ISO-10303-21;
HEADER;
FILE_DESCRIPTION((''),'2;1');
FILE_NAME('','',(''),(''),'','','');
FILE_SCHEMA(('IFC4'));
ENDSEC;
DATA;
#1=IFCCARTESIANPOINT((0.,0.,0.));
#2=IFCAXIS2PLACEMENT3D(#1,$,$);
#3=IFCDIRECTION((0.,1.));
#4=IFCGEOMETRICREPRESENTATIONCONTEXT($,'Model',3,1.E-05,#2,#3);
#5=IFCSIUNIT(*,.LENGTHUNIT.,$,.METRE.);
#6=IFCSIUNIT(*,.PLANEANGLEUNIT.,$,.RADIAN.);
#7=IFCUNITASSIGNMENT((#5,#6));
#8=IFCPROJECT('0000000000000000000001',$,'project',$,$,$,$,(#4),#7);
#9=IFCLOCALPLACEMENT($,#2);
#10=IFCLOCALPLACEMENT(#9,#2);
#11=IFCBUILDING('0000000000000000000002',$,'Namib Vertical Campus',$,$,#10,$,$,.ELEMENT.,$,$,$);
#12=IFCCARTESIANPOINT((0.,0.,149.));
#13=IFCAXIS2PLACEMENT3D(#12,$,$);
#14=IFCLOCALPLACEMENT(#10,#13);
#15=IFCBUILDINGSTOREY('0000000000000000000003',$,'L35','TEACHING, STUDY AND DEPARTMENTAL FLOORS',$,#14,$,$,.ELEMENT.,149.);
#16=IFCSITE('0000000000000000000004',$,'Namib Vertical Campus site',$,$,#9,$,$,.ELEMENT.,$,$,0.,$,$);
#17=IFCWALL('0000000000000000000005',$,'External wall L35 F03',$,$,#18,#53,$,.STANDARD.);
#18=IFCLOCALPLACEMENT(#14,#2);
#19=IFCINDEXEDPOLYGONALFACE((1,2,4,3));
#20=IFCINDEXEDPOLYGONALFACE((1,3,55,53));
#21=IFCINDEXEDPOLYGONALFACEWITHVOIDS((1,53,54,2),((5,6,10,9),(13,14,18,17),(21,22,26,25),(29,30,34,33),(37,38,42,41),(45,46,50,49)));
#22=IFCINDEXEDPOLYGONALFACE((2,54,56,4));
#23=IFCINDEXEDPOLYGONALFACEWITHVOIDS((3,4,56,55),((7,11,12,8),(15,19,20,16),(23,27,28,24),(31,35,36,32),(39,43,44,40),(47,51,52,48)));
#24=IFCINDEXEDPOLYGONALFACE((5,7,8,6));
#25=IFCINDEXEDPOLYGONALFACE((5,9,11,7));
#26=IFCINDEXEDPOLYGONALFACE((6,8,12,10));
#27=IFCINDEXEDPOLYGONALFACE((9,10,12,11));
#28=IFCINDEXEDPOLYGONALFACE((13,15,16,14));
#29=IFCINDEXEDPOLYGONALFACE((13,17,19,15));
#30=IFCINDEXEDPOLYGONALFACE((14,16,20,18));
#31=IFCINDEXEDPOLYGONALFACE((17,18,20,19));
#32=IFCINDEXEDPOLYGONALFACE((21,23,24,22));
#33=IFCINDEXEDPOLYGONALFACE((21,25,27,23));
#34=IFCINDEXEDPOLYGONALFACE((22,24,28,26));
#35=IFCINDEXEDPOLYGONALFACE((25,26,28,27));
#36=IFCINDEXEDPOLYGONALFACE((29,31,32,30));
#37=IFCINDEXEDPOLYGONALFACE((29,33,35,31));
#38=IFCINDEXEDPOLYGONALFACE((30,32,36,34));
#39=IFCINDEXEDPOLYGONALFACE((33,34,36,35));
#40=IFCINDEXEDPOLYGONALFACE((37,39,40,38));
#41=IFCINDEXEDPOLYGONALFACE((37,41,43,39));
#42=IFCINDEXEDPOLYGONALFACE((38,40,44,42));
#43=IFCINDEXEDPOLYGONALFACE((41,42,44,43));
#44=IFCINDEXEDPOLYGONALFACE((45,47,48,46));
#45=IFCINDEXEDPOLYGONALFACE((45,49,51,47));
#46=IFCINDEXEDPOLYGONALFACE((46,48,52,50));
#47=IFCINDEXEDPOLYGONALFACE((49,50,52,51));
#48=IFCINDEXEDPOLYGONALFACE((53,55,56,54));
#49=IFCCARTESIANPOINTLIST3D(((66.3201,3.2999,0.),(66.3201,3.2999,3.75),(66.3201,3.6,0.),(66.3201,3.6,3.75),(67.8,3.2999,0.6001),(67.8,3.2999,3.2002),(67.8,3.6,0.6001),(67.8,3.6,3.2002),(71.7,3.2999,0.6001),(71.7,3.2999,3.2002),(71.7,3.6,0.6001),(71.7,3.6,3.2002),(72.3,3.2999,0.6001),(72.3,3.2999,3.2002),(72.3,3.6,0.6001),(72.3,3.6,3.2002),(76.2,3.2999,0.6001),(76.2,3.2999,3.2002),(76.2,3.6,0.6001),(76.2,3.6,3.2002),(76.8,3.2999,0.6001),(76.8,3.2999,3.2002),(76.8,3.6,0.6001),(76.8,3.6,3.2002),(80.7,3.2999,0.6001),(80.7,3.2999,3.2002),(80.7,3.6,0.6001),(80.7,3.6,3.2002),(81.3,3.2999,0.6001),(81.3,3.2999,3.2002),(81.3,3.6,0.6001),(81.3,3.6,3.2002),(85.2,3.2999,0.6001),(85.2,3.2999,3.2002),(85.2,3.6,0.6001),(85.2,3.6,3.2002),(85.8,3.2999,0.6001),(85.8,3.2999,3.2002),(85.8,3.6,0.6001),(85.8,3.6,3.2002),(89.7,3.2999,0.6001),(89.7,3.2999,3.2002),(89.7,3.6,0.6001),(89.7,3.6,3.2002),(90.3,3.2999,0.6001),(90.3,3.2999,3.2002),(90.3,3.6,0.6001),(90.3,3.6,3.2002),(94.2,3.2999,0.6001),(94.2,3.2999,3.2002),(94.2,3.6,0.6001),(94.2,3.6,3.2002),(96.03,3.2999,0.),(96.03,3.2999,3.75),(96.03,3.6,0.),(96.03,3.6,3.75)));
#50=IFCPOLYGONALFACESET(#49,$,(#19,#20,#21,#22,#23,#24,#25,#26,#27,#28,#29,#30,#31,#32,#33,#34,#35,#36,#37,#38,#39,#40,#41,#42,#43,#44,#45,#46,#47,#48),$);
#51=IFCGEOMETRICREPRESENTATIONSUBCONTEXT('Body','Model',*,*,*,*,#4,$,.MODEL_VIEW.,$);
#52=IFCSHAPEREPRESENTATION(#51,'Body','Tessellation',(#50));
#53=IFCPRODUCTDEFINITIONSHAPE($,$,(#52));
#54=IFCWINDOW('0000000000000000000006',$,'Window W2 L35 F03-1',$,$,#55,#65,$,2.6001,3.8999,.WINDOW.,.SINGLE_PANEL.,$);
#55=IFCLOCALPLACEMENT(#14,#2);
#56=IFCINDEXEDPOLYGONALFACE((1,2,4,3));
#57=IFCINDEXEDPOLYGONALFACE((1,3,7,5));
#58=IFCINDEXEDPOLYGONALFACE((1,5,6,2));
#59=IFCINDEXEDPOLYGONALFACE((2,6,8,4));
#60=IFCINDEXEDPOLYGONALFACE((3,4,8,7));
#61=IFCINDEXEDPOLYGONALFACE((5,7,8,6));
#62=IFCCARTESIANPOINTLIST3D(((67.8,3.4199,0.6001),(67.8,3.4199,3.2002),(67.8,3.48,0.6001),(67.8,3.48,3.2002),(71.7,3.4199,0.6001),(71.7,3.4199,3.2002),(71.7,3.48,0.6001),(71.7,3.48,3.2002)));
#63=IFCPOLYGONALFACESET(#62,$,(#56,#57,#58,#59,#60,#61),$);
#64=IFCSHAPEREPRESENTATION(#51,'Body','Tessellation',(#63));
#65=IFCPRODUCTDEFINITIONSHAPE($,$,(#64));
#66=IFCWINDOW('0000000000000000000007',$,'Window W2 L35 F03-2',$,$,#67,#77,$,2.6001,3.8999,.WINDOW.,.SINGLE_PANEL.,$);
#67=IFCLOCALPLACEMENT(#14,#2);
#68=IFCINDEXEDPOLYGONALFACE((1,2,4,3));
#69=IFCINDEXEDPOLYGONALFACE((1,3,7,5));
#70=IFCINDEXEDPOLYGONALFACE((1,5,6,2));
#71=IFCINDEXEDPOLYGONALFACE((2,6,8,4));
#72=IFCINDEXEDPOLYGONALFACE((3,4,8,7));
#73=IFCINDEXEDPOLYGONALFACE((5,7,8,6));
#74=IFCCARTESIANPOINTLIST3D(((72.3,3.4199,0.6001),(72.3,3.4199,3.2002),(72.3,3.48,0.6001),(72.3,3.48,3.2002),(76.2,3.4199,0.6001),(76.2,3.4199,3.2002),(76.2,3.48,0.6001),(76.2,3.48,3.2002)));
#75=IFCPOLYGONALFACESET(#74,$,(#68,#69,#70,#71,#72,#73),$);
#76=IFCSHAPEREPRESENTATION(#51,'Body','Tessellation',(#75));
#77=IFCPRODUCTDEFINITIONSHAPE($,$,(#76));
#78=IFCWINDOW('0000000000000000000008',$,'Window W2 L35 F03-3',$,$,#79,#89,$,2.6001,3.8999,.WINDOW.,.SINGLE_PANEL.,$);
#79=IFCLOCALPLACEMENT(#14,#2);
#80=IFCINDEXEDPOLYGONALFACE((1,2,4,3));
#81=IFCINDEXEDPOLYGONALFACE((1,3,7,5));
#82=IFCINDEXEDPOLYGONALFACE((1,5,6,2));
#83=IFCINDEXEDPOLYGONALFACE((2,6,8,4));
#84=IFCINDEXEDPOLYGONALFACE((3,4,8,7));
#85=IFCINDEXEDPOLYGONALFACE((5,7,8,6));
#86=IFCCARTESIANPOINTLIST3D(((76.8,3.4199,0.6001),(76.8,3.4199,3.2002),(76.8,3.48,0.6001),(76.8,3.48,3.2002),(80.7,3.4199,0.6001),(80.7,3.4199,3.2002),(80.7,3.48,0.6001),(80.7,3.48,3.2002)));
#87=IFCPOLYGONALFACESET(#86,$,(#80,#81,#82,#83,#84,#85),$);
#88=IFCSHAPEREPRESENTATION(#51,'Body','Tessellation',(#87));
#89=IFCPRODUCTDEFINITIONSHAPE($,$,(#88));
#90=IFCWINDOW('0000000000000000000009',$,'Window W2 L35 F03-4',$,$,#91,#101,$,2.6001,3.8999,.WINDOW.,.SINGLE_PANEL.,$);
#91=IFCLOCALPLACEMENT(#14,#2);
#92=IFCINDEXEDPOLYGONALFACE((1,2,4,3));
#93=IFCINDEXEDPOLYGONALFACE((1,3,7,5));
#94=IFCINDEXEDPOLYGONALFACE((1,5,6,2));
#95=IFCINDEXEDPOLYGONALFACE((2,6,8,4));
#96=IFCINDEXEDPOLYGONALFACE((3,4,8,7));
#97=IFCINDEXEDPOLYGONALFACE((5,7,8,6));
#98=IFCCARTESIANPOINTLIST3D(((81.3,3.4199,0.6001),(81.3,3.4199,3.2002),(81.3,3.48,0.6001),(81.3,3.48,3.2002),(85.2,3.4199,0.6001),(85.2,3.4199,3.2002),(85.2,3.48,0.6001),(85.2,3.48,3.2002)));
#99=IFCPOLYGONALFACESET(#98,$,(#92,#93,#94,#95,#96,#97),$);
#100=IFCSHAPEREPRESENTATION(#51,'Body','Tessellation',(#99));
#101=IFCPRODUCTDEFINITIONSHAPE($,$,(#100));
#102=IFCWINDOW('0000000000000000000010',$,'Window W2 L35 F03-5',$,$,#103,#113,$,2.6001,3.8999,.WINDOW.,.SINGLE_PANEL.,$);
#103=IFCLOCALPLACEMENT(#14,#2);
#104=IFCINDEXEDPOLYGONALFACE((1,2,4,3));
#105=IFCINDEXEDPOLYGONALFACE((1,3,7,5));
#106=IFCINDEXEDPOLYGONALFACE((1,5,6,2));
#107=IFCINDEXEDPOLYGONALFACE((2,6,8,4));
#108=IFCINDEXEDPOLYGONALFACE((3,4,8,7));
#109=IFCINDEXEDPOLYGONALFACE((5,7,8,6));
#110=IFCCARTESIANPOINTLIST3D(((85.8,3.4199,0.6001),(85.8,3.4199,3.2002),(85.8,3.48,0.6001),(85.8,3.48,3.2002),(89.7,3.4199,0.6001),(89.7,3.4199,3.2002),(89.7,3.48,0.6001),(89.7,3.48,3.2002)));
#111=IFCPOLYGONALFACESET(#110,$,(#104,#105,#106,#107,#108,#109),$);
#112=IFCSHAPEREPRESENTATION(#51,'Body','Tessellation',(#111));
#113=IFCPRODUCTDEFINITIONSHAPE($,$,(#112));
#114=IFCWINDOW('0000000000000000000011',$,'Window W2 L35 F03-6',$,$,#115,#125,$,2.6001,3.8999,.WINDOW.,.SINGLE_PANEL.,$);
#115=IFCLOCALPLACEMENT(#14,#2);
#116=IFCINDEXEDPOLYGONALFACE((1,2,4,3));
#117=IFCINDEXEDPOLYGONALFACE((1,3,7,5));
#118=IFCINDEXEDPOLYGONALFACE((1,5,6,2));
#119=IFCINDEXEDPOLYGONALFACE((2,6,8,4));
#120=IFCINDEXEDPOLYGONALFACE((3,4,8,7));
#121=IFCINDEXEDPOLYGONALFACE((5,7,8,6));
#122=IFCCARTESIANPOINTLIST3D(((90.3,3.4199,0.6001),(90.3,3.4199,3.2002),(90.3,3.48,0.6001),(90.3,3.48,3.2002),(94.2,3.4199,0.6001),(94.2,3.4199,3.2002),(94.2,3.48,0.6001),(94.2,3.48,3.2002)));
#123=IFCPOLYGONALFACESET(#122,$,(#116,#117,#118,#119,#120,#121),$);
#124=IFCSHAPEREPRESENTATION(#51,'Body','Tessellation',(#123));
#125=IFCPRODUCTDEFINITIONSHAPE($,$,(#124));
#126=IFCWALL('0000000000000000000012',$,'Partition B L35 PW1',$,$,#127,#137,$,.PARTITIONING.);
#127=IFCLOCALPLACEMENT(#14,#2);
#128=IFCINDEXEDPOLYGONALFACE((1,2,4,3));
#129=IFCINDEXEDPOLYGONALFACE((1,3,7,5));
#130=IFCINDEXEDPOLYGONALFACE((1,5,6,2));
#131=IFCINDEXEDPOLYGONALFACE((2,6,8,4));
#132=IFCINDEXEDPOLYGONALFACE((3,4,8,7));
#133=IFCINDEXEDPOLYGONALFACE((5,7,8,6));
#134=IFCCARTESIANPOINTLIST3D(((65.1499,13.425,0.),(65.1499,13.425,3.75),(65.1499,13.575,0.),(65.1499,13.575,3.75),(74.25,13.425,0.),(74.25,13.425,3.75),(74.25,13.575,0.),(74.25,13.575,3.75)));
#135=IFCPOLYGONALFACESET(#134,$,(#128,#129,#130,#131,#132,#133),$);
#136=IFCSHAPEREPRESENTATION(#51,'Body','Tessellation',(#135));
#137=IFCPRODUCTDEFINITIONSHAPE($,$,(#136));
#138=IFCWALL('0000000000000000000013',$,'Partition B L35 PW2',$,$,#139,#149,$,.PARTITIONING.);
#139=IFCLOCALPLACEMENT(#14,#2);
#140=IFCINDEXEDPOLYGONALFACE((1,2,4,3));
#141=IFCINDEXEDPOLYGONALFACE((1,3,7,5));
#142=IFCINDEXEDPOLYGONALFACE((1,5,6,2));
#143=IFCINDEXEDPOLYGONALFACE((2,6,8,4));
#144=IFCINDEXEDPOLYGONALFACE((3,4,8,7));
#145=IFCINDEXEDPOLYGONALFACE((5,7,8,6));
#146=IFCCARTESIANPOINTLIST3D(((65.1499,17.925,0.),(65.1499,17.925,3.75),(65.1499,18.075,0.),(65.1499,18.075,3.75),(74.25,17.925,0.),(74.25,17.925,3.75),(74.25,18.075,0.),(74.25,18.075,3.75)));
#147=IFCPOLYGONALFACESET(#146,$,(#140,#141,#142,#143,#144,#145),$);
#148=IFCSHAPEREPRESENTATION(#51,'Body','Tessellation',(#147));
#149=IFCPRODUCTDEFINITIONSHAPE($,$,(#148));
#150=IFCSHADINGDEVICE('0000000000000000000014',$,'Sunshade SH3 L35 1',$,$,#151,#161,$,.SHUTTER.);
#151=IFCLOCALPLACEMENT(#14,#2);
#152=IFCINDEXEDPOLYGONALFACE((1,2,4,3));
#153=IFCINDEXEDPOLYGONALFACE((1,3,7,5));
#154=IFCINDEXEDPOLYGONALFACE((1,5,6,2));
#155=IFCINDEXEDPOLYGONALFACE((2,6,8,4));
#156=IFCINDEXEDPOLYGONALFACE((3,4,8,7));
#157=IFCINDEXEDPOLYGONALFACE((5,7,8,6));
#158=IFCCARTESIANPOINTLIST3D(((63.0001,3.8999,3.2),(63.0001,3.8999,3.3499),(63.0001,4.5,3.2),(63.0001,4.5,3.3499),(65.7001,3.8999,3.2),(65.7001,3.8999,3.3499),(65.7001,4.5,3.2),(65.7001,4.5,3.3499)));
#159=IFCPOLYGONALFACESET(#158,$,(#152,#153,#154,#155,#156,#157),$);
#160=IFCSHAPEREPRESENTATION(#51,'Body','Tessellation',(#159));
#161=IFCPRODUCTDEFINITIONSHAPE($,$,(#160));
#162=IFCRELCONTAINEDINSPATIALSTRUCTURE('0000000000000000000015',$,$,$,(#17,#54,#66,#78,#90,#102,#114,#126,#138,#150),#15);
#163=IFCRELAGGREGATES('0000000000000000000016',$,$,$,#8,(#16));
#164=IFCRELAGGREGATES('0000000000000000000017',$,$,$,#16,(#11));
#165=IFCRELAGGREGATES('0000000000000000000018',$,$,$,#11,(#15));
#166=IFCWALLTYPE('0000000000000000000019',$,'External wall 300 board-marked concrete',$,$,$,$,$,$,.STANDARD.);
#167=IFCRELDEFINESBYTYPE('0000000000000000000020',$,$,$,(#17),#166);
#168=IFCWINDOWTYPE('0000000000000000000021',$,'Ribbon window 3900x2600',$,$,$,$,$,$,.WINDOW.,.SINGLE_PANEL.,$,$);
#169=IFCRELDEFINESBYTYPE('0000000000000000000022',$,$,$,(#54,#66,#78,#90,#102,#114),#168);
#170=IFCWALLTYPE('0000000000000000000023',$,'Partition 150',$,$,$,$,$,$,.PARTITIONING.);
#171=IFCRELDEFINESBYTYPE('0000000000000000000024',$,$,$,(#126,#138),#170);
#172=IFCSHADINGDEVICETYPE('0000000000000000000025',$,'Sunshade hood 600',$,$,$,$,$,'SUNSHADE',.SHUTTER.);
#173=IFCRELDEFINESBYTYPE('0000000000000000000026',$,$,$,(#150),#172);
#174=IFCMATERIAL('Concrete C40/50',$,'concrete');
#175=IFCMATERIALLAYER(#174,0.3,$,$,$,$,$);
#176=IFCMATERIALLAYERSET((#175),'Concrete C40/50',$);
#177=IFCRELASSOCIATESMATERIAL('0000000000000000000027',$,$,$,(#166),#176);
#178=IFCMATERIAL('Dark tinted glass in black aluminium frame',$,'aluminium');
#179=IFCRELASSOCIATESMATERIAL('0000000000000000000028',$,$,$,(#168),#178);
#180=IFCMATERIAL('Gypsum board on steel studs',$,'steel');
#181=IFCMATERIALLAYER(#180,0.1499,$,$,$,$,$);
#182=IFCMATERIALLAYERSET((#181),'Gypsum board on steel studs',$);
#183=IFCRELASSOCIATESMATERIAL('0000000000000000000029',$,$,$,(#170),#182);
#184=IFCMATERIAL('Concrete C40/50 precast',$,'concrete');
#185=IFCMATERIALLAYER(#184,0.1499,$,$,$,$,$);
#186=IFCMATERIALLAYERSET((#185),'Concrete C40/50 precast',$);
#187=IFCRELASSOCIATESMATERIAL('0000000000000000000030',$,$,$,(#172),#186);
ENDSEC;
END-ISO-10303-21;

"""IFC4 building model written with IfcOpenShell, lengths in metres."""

from ifc_helpers import new_model, si_unit, direction, frame, frame_2d, origin, origin_2d, place, context, subcontext, project, spatial, rectangle, extrude, material, layer, layer_set, type_object, element, fill, save


model = new_model("IFC4")

# Units and contexts
model_context = context("Model", 3, precision=1e-05, world=origin(), true_north=direction((0.0, 1.0)))
body_context = subcontext(model_context, "Body", "Model", "MODEL_VIEW")
ifc_project = project(units=[si_unit("LENGTHUNIT", "METRE"), si_unit("PLANEANGLEUNIT", "RADIAN")], contexts=[model_context])

# Site, building, storey
site_placement = place(None, origin())
site = spatial("IfcSite", under=ifc_project, at=site_placement, Name="Namib Vertical Campus site", CompositionType="ELEMENT", RefElevation=0.0)
building_placement = place(site_placement, origin())
building = spatial("IfcBuilding", under=site, at=building_placement, Name="Namib Vertical Campus", CompositionType="ELEMENT")
storey_placement = place(building_placement, frame((0.0, 0.0, 149.0)))
storey = spatial("IfcBuildingStorey", under=building, at=storey_placement, Name="L35", Description="TEACHING, STUDY AND DEPARTMENTAL FLOORS", CompositionType="ELEMENT", Elevation=149.0)

# Shared definitions
ifc_material_1 = material(Name="Concrete C40/50", Category="concrete")
ifc_layer_1 = layer(ifc_material_1, 0.3)
ifc_layer_set_1 = layer_set([ifc_layer_1], Name="Concrete C40/50")
wall_type_1 = type_object("IfcWallType", Name="External wall 300 board-marked concrete", PredefinedType="STANDARD", material=ifc_layer_set_1)

# Wall, openings, windows
wall_1_placement = place(storey_placement, frame((66.3201, 3.45, 0.0), z_axis=(0.0, 0.0, 1.0), x_axis=(1.0, 0.0, 0.0)))
wall_1 = element("IfcWall", 1, at=wall_1_placement, inside=storey, type_object=wall_type_1, Name="External wall L35 F03", PredefinedType="STANDARD", context=body_context, shape_type="SweptSolid", body=[
    extrude(rectangle(XDim=29.71, YDim=0.3, at=frame_2d((14.855, 0.0))), origin(), (0.0, 0.0, 1.0), 3.75),
])
opening_1_placement = place(wall_1_placement, frame((1.48, 0.0, 0.6001)))
opening_1 = element("IfcOpeningElement", 2, at=opening_1_placement, cuts=wall_1, PredefinedType="OPENING", context=body_context, shape_type="SweptSolid", body=[
    extrude(rectangle(XDim=3.8999, YDim=2.6001, at=frame_2d((1.95, 1.3))), frame((0.0, 0.1599, 0.0), z_axis=(0.0, -1.0, 0.0), x_axis=(1.0, 0.0, 0.0)), (0.0, 0.0, 1.0), 0.3201),
])
opening_2_placement = place(wall_1_placement, frame((5.98, 0.0, 0.6001)))
opening_2 = element("IfcOpeningElement", 3, at=opening_2_placement, cuts=wall_1, PredefinedType="OPENING", context=body_context, shape_type="SweptSolid", body=[
    extrude(rectangle(XDim=3.8999, YDim=2.6001, at=frame_2d((1.95, 1.3))), frame((0.0, 0.1599, 0.0), z_axis=(0.0, -1.0, 0.0), x_axis=(1.0, 0.0, 0.0)), (0.0, 0.0, 1.0), 0.3201),
])
opening_3_placement = place(wall_1_placement, frame((10.48, 0.0, 0.6001)))
opening_3 = element("IfcOpeningElement", 4, at=opening_3_placement, cuts=wall_1, PredefinedType="OPENING", context=body_context, shape_type="SweptSolid", body=[
    extrude(rectangle(XDim=3.8999, YDim=2.6001, at=frame_2d((1.95, 1.3))), frame((0.0, 0.1599, 0.0), z_axis=(0.0, -1.0, 0.0), x_axis=(1.0, 0.0, 0.0)), (0.0, 0.0, 1.0), 0.3201),
])
opening_4_placement = place(wall_1_placement, frame((14.98, 0.0, 0.6001)))
opening_4 = element("IfcOpeningElement", 5, at=opening_4_placement, cuts=wall_1, PredefinedType="OPENING", context=body_context, shape_type="SweptSolid", body=[
    extrude(rectangle(XDim=3.8999, YDim=2.6001, at=frame_2d((1.95, 1.3))), frame((0.0, 0.1599, 0.0), z_axis=(0.0, -1.0, 0.0), x_axis=(1.0, 0.0, 0.0)), (0.0, 0.0, 1.0), 0.3201),
])
opening_5_placement = place(wall_1_placement, frame((19.48, 0.0, 0.6001)))
opening_5 = element("IfcOpeningElement", 6, at=opening_5_placement, cuts=wall_1, PredefinedType="OPENING", context=body_context, shape_type="SweptSolid", body=[
    extrude(rectangle(XDim=3.8999, YDim=2.6001, at=frame_2d((1.95, 1.3))), frame((0.0, 0.1599, 0.0), z_axis=(0.0, -1.0, 0.0), x_axis=(1.0, 0.0, 0.0)), (0.0, 0.0, 1.0), 0.3201),
])
opening_6_placement = place(wall_1_placement, frame((23.98, 0.0, 0.6001)))
opening_6 = element("IfcOpeningElement", 7, at=opening_6_placement, cuts=wall_1, PredefinedType="OPENING", context=body_context, shape_type="SweptSolid", body=[
    extrude(rectangle(XDim=3.8999, YDim=2.6001, at=frame_2d((1.95, 1.3))), frame((0.0, 0.1599, 0.0), z_axis=(0.0, -1.0, 0.0), x_axis=(1.0, 0.0, 0.0)), (0.0, 0.0, 1.0), 0.3201),
])
ifc_material_2 = material(Name="Dark tinted glass in black aluminium frame", Category="aluminium")
window_type = type_object("IfcWindowType", Name="Ribbon window 3900x2600", PartitioningType="SINGLE_PANEL", PredefinedType="WINDOW", material=ifc_material_2)
window_1_placement = place(opening_1_placement, origin())
window_1 = element("IfcWindow", 8, at=window_1_placement, inside=storey, type_object=window_type, Name="Window W2 L35 F03-1", OverallHeight=2.6001, OverallWidth=3.8999, PartitioningType="SINGLE_PANEL", PredefinedType="WINDOW", context=body_context, shape_type="SweptSolid", body=[
    extrude(rectangle(XDim=3.8999, YDim=2.6001, at=frame_2d((1.95, 1.3))), frame((0.0, 0.03, 0.0), z_axis=(0.0, -1.0, 0.0), x_axis=(1.0, 0.0, 0.0)), (0.0, 0.0, 1.0), 0.0601),
])
fill(opening_1, window_1)
window_2_placement = place(opening_2_placement, origin())
window_2 = element("IfcWindow", 9, at=window_2_placement, inside=storey, type_object=window_type, Name="Window W2 L35 F03-2", OverallHeight=2.6001, OverallWidth=3.8999, PartitioningType="SINGLE_PANEL", PredefinedType="WINDOW", context=body_context, shape_type="SweptSolid", body=[
    extrude(rectangle(XDim=3.8999, YDim=2.6001, at=frame_2d((1.95, 1.3))), frame((0.0, 0.03, 0.0), z_axis=(0.0, -1.0, 0.0), x_axis=(1.0, 0.0, 0.0)), (0.0, 0.0, 1.0), 0.0601),
])
fill(opening_2, window_2)
window_3_placement = place(opening_3_placement, origin())
window_3 = element("IfcWindow", 10, at=window_3_placement, inside=storey, type_object=window_type, Name="Window W2 L35 F03-3", OverallHeight=2.6001, OverallWidth=3.8999, PartitioningType="SINGLE_PANEL", PredefinedType="WINDOW", context=body_context, shape_type="SweptSolid", body=[
    extrude(rectangle(XDim=3.8999, YDim=2.6001, at=frame_2d((1.95, 1.3))), frame((0.0, 0.03, 0.0), z_axis=(0.0, -1.0, 0.0), x_axis=(1.0, 0.0, 0.0)), (0.0, 0.0, 1.0), 0.0601),
])
fill(opening_3, window_3)
window_4_placement = place(opening_4_placement, origin())
window_4 = element("IfcWindow", 11, at=window_4_placement, inside=storey, type_object=window_type, Name="Window W2 L35 F03-4", OverallHeight=2.6001, OverallWidth=3.8999, PartitioningType="SINGLE_PANEL", PredefinedType="WINDOW", context=body_context, shape_type="SweptSolid", body=[
    extrude(rectangle(XDim=3.8999, YDim=2.6001, at=frame_2d((1.95, 1.3))), frame((0.0, 0.03, 0.0), z_axis=(0.0, -1.0, 0.0), x_axis=(1.0, 0.0, 0.0)), (0.0, 0.0, 1.0), 0.0601),
])
fill(opening_4, window_4)
window_5_placement = place(opening_5_placement, origin())
window_5 = element("IfcWindow", 12, at=window_5_placement, inside=storey, type_object=window_type, Name="Window W2 L35 F03-5", OverallHeight=2.6001, OverallWidth=3.8999, PartitioningType="SINGLE_PANEL", PredefinedType="WINDOW", context=body_context, shape_type="SweptSolid", body=[
    extrude(rectangle(XDim=3.8999, YDim=2.6001, at=frame_2d((1.95, 1.3))), frame((0.0, 0.03, 0.0), z_axis=(0.0, -1.0, 0.0), x_axis=(1.0, 0.0, 0.0)), (0.0, 0.0, 1.0), 0.0601),
])
fill(opening_5, window_5)
window_6_placement = place(opening_6_placement, origin())
window_6 = element("IfcWindow", 13, at=window_6_placement, inside=storey, type_object=window_type, Name="Window W2 L35 F03-6", OverallHeight=2.6001, OverallWidth=3.8999, PartitioningType="SINGLE_PANEL", PredefinedType="WINDOW", context=body_context, shape_type="SweptSolid", body=[
    extrude(rectangle(XDim=3.8999, YDim=2.6001, at=frame_2d((1.95, 1.3))), frame((0.0, 0.03, 0.0), z_axis=(0.0, -1.0, 0.0), x_axis=(1.0, 0.0, 0.0)), (0.0, 0.0, 1.0), 0.0601),
])
fill(opening_6, window_6)

# Walls
ifc_material_3 = material(Name="Gypsum board on steel studs", Category="steel")
ifc_layer_2 = layer(ifc_material_3, 0.1499)
ifc_layer_set_2 = layer_set([ifc_layer_2], Name="Gypsum board on steel studs")
wall_type_2 = type_object("IfcWallType", Name="Partition 150", PredefinedType="PARTITIONING", material=ifc_layer_set_2)
for number, where, z_axis, x_axis, name in (
    (14, (65.1499, 13.5, 0.0), (0.0, 0.0, 1.0), (1.0, 0.0, 0.0), "Partition B L35 PW1"),
    (15, (65.1499, 18.0, 0.0), (0.0, 0.0, 1.0), (1.0, 0.0, 0.0), "Partition B L35 PW2"),
):
    element("IfcWall", number, at=place(storey_placement, frame(where, z_axis=z_axis, x_axis=x_axis)), inside=storey, type_object=wall_type_2, Name=name, PredefinedType="PARTITIONING", context=body_context, shape_type="SweptSolid", body=[
        extrude(rectangle(XDim=9.1001, YDim=0.1499, at=frame_2d((4.55, 0.0))), origin(), (0.0, 0.0, 1.0), 3.75),
    ])

# Shading device
ifc_material_4 = material(Name="Concrete C40/50 precast", Category="concrete")
ifc_layer_3 = layer(ifc_material_4, 0.1499)
ifc_layer_set_3 = layer_set([ifc_layer_3], Name="Concrete C40/50 precast")
shading_device_type = type_object("IfcShadingDeviceType", Name="Sunshade hood 600", ElementType="SUNSHADE", PredefinedType="SHUTTER", material=ifc_layer_set_3)
shading_device_placement = place(storey_placement, frame((64.3501, 4.2, 3.2), z_axis=(0.0, 0.0, 1.0), x_axis=(1.0, 0.0, 0.0)))
element("IfcShadingDevice", 16, at=shading_device_placement, inside=storey, type_object=shading_device_type, Name="Sunshade SH3 L35 1", PredefinedType="SHUTTER", context=body_context, shape_type="SweptSolid", body=[
    extrude(rectangle(XDim=2.7, YDim=0.6001, at=origin_2d()), origin(), (0.0, 0.0, 1.0), 0.1499),
])

save(model, "model.ifc")
